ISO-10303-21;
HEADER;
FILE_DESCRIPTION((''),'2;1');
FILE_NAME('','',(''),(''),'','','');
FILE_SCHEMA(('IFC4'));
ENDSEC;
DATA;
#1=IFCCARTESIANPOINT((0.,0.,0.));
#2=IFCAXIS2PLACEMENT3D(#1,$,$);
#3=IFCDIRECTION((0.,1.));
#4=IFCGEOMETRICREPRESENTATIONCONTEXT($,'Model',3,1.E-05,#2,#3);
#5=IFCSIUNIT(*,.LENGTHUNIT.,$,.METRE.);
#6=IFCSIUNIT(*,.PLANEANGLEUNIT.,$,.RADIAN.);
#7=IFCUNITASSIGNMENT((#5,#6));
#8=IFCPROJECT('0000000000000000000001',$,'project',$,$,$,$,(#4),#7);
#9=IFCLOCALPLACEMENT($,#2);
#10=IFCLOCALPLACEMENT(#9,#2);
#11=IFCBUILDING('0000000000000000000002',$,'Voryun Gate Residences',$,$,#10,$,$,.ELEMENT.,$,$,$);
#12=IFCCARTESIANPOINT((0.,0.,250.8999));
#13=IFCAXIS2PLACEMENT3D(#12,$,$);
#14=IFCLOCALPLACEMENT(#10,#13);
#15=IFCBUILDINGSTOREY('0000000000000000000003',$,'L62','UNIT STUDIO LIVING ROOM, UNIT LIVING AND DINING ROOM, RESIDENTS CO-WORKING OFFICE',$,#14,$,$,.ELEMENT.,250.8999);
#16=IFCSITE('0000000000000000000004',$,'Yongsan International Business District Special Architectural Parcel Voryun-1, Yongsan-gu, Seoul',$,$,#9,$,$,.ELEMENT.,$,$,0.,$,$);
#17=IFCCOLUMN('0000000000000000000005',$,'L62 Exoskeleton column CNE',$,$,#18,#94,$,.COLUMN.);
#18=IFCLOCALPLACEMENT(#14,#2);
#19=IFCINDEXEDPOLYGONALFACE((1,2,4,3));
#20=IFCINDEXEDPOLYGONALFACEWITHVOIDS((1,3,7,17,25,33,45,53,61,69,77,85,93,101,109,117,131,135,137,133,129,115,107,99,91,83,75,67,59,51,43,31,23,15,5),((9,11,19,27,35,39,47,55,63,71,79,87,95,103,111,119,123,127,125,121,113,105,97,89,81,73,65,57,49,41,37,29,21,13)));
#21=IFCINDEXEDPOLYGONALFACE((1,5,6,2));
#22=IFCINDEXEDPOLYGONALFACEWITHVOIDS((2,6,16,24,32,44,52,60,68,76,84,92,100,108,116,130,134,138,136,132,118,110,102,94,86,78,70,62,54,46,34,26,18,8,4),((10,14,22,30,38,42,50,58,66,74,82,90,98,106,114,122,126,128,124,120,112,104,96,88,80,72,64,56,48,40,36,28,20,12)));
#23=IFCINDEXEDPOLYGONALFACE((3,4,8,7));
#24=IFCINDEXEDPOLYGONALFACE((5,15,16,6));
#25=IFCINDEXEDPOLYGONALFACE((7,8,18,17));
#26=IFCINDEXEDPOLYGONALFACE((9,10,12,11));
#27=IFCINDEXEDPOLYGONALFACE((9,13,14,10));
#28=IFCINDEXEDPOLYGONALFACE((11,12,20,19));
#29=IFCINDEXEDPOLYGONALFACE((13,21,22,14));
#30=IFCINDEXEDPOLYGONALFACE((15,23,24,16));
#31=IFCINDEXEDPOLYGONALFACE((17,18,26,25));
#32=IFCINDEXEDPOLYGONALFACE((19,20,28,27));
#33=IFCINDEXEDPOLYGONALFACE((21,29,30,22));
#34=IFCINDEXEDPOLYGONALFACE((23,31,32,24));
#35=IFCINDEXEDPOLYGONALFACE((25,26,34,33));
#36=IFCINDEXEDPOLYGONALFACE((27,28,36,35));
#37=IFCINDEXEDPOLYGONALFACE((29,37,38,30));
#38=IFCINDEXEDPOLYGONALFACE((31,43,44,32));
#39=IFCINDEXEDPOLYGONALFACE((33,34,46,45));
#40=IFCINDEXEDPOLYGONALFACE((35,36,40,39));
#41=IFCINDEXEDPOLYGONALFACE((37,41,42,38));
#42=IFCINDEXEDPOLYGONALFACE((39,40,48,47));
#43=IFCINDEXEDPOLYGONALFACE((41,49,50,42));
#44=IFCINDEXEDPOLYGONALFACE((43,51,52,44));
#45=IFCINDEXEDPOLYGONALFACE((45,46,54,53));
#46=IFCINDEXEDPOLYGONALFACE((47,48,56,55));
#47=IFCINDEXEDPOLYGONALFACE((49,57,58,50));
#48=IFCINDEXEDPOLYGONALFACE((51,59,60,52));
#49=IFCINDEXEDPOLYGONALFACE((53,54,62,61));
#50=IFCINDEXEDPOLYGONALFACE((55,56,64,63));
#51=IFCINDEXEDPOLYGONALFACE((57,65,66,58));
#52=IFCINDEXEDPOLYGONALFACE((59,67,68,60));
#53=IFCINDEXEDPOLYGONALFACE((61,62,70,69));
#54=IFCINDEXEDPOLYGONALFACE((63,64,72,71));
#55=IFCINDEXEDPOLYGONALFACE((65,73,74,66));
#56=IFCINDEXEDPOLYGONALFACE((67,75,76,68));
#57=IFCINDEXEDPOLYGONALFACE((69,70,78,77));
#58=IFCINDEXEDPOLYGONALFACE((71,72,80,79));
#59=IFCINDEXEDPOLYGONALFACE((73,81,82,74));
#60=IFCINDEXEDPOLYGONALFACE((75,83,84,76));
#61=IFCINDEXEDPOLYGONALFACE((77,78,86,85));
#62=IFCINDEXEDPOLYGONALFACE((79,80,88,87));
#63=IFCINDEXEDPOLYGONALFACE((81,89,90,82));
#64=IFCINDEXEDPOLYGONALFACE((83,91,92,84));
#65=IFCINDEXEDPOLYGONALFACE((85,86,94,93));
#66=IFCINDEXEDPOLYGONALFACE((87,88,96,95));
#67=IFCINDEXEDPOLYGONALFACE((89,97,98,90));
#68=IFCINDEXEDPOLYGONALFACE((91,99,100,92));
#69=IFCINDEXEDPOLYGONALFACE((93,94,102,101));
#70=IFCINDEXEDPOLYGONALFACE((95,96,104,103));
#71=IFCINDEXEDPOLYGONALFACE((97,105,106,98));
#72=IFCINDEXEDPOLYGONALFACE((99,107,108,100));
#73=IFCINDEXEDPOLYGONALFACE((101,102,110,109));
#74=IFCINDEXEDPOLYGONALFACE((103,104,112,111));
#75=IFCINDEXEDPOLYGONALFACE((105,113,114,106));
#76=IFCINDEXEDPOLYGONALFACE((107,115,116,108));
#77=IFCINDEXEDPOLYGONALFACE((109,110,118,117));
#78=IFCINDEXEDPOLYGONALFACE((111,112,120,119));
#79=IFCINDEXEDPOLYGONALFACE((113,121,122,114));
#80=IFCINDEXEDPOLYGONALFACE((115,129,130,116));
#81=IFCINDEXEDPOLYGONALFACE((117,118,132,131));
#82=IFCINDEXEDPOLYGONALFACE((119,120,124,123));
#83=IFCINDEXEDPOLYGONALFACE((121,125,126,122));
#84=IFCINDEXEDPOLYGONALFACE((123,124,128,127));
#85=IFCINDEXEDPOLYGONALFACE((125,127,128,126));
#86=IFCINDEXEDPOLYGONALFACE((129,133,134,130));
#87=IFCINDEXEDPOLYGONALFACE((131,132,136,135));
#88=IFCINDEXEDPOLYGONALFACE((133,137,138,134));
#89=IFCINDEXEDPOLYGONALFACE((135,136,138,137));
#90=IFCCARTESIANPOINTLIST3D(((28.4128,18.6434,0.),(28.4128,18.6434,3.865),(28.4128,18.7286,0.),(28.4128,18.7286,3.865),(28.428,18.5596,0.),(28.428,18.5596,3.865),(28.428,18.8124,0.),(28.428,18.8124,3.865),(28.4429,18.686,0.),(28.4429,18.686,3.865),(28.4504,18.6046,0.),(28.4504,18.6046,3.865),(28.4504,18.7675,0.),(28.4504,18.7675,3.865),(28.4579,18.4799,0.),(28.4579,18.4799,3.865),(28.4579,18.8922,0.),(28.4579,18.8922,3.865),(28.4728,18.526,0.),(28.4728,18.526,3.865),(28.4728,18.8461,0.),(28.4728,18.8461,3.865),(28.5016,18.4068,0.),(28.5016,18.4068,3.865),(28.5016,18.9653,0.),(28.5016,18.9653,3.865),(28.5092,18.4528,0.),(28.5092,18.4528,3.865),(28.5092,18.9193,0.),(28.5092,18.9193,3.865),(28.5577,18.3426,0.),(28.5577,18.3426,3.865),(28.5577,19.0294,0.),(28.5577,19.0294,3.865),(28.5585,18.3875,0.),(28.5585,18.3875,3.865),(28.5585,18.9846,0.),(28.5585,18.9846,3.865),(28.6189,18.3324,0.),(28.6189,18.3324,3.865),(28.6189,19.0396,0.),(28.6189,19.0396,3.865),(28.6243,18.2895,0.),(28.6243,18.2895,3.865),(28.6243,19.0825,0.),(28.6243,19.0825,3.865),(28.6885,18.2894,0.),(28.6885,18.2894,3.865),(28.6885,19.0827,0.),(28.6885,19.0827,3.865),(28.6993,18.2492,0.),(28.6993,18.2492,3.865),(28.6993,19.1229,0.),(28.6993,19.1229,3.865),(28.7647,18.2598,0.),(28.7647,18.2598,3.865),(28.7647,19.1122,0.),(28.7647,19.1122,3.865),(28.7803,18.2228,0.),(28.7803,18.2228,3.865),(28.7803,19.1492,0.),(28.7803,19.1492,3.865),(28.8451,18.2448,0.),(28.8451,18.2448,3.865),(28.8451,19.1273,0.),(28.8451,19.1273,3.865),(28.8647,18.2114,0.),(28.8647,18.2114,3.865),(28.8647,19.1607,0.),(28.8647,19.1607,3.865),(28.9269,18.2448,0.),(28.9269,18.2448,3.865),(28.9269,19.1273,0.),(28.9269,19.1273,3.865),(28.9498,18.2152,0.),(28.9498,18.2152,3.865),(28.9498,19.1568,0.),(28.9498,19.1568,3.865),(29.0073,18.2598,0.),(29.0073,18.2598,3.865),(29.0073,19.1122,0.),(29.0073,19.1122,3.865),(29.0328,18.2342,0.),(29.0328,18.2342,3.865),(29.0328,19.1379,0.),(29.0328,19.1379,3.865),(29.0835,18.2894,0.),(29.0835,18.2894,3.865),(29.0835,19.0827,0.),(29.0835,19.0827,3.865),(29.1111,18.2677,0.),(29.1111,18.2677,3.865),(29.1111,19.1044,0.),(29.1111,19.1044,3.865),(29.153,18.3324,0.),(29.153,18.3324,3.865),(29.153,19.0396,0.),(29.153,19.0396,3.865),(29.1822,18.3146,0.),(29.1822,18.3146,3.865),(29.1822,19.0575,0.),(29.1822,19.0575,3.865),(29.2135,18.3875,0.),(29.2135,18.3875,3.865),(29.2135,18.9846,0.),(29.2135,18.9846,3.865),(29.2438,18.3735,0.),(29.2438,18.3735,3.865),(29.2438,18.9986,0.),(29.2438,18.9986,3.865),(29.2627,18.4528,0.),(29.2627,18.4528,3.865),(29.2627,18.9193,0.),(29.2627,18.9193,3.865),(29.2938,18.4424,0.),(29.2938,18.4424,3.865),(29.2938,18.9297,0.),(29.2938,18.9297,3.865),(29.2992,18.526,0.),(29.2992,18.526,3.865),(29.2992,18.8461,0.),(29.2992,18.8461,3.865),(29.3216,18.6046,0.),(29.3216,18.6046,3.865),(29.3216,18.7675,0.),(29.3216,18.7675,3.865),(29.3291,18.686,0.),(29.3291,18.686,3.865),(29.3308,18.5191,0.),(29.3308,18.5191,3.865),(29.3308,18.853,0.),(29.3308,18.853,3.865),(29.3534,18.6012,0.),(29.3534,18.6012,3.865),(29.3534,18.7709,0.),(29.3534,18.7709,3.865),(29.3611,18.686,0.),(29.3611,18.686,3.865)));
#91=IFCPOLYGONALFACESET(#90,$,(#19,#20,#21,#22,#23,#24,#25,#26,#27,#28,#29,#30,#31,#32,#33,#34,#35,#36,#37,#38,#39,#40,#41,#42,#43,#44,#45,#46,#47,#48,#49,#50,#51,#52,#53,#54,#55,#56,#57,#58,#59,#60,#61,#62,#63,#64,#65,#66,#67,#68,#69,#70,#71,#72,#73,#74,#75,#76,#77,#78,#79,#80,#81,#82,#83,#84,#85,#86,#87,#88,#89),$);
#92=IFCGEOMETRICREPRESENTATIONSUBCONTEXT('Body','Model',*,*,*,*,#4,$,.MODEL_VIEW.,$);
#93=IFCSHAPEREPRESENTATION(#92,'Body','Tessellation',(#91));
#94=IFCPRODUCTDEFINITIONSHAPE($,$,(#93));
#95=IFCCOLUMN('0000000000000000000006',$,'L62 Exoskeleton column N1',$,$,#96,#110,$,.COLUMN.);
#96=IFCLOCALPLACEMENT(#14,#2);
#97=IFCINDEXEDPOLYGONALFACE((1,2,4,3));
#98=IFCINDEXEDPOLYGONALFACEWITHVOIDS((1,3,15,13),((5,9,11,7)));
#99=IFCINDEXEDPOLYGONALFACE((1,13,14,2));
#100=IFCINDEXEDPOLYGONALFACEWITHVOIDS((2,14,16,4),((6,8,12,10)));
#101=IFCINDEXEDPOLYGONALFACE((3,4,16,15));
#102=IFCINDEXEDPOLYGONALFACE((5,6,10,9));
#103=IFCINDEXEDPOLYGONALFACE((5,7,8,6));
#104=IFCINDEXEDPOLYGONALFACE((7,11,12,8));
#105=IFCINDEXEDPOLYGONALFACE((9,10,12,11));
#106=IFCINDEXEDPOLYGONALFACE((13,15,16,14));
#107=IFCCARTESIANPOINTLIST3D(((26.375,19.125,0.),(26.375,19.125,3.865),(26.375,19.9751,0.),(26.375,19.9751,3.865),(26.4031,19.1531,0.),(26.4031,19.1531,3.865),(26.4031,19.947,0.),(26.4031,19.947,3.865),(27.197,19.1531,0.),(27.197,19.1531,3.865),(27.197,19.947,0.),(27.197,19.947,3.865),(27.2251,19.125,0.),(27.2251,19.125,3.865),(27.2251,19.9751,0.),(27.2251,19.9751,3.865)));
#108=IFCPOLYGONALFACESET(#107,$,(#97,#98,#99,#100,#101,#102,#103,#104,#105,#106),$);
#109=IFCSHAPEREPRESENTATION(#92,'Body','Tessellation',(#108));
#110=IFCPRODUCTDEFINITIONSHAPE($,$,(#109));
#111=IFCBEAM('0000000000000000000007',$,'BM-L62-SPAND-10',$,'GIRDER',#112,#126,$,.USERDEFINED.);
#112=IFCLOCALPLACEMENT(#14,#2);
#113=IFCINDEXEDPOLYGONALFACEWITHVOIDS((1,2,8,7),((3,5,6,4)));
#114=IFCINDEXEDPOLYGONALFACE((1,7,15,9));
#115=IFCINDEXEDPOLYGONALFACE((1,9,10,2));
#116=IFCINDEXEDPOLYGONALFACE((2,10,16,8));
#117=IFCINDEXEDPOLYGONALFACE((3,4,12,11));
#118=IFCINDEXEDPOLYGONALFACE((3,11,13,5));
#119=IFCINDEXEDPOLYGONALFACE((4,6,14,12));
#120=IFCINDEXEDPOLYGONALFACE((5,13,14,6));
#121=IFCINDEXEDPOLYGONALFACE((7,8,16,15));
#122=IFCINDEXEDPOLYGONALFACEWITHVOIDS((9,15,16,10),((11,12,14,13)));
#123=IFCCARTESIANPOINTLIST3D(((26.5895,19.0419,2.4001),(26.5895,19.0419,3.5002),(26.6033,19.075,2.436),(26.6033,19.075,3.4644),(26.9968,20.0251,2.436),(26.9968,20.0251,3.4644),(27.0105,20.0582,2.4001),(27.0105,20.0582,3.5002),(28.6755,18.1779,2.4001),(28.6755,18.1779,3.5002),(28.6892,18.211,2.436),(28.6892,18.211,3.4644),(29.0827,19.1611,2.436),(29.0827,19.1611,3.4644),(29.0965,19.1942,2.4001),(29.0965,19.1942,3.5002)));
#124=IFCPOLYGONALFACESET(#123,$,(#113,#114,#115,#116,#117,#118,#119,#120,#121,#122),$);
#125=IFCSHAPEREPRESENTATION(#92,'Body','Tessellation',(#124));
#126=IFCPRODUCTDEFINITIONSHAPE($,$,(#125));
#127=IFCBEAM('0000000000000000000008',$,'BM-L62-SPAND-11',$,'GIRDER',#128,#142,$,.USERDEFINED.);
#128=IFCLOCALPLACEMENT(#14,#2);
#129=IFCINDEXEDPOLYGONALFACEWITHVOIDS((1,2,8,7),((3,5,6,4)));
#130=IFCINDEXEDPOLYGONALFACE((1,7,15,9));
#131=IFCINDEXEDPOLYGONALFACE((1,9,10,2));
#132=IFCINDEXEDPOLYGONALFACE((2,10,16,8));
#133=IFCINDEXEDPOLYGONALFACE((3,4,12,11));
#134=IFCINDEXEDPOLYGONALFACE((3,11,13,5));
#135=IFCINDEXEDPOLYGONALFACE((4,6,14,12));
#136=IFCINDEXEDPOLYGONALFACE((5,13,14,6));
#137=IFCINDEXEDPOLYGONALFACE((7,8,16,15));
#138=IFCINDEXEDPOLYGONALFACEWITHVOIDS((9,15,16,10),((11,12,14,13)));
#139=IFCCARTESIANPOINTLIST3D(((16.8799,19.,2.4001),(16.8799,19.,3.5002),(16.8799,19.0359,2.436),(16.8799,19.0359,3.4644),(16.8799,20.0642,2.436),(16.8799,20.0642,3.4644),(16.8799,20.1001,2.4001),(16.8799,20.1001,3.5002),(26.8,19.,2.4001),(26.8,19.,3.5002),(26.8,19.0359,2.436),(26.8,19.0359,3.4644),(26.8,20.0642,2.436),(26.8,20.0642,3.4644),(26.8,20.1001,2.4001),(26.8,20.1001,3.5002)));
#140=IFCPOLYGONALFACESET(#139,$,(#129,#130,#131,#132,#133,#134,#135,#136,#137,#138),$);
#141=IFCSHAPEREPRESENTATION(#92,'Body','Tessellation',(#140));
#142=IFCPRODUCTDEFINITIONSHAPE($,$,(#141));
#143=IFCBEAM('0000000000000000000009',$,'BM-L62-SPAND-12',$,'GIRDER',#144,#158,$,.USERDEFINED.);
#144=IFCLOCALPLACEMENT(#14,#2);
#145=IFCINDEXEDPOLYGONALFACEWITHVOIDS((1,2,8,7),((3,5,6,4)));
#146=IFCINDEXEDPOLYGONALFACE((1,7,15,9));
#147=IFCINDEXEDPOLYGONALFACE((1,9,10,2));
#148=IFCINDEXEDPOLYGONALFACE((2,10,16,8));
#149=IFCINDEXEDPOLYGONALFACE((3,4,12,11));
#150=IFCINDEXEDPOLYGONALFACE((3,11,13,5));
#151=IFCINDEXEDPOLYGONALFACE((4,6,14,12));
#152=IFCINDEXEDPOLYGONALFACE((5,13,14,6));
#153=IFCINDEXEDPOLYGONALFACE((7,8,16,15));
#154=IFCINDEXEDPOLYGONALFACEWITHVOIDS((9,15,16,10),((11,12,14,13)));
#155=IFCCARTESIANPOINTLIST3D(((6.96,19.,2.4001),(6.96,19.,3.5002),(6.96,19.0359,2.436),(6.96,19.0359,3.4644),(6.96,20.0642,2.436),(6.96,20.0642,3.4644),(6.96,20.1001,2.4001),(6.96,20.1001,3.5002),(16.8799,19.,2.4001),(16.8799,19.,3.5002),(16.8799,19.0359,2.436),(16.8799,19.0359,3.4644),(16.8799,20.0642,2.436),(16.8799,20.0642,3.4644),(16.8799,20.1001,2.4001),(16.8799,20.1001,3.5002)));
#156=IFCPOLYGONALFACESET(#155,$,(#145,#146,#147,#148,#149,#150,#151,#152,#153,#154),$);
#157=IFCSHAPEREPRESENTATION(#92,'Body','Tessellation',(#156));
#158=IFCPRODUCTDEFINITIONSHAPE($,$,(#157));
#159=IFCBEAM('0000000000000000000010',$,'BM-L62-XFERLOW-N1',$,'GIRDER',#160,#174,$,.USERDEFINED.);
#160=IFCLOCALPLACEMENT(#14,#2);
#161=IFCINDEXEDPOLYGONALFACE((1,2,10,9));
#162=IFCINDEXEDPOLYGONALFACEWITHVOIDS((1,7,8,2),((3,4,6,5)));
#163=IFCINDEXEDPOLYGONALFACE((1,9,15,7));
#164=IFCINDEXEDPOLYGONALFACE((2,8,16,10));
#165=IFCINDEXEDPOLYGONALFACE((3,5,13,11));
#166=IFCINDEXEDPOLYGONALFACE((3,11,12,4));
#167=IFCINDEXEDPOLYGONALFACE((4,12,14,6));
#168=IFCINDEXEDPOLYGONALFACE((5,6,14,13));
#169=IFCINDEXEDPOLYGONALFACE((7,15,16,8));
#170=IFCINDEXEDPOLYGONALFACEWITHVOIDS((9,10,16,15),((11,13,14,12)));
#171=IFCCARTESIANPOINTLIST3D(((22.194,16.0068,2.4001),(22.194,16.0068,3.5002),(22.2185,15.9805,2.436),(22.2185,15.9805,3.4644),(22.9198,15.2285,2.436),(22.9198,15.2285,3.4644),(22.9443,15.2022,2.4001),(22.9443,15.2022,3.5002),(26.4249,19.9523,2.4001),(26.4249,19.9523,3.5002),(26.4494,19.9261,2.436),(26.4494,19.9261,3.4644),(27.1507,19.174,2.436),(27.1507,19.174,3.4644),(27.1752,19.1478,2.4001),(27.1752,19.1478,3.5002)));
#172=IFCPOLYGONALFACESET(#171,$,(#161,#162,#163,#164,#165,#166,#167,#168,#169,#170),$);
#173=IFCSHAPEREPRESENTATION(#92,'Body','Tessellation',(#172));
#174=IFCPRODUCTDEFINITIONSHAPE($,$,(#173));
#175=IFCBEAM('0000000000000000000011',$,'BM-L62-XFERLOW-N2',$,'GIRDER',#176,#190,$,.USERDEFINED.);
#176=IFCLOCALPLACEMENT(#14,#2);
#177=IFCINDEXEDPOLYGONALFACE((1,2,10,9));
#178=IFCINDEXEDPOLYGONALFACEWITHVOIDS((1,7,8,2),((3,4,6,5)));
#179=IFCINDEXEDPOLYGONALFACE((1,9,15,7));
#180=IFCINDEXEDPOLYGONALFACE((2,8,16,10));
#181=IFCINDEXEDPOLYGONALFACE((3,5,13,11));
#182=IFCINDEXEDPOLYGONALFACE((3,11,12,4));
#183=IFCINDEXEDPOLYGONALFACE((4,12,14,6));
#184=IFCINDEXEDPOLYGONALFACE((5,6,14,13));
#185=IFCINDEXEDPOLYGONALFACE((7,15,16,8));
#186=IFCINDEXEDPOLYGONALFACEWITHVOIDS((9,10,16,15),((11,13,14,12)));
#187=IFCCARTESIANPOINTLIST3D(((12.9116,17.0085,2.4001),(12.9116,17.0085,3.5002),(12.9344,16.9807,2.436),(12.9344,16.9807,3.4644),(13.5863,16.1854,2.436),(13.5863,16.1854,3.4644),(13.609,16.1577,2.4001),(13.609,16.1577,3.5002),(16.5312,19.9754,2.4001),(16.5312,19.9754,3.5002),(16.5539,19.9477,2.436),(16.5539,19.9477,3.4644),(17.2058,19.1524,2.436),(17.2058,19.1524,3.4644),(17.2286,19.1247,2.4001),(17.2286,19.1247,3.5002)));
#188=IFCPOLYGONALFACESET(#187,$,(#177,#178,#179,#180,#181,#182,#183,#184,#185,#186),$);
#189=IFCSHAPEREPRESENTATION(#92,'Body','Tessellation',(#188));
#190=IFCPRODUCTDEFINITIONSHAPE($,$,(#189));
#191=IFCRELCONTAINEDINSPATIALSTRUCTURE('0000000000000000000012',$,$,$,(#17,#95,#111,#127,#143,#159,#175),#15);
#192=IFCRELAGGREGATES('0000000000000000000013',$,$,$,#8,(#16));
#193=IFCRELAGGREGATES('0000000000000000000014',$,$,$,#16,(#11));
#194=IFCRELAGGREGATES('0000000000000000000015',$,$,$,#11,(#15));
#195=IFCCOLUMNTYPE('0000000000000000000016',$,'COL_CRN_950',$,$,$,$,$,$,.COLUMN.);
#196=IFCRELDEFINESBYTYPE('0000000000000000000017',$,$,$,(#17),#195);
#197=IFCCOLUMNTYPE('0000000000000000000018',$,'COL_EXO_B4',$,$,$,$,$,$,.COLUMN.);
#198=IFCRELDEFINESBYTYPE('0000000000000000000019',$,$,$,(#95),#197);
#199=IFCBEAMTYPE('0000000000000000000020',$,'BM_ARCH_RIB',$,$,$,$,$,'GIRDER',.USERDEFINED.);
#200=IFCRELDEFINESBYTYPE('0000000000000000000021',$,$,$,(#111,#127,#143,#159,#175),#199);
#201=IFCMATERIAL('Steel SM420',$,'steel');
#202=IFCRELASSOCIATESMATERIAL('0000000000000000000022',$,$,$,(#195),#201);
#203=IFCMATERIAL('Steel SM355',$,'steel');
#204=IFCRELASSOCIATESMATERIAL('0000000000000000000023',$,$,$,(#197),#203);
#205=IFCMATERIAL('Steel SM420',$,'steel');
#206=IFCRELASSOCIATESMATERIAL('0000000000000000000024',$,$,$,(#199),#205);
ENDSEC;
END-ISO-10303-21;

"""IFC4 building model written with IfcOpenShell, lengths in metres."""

from ifc_helpers import new_model, si_unit, direction, frame, origin, origin_2d, place, context, subcontext, project, spatial, hollow_rectangle, hollow_circle, extrude, material, material_profile, profile_set, type_object, element, save


model = new_model("IFC4")

# Units and contexts
model_context = context("Model", 3, precision=1e-05, world=origin(), true_north=direction((0.0, 1.0)))
body_context = subcontext(model_context, "Body", "Model", "MODEL_VIEW")
ifc_project = project(units=[si_unit("LENGTHUNIT", "METRE"), si_unit("PLANEANGLEUNIT", "RADIAN")], contexts=[model_context])

# Site, building, storey
site_placement = place(None, origin())
site = spatial("IfcSite", under=ifc_project, at=site_placement, Name="Yongsan International Business District Special Architectural Parcel Voryun-1, Yongsan-gu, Seoul", CompositionType="ELEMENT", RefElevation=0.0)
building_placement = place(site_placement, origin())
building = spatial("IfcBuilding", under=site, at=building_placement, Name="Voryun Gate Residences", CompositionType="ELEMENT")
storey_placement = place(building_placement, frame((0.0, 0.0, 250.8999)))
storey = spatial("IfcBuildingStorey", under=building, at=storey_placement, Name="L62", Description="UNIT STUDIO LIVING ROOM, UNIT LIVING AND DINING ROOM, RESIDENTS CO-WORKING OFFICE", CompositionType="ELEMENT", Elevation=250.8999)

# Columns
ifc_material_1 = material(Name="Steel SM420", Category="steel")
ifc_material_profile_1 = material_profile(ifc_material_1, hollow_circle(Radius=0.4751, WallThickness=0.032, at=origin_2d()), Name="CHS-950x32")
ifc_profile_set_1 = profile_set([ifc_material_profile_1], Name="Steel SM420")
column_type_1 = type_object("IfcColumnType", Name="COL_CRN_950", PredefinedType="COLUMN", material=ifc_profile_set_1)
column_1_placement = place(storey_placement, frame((28.886, 18.686, 0.0), z_axis=(0.0, 0.0, 1.0), x_axis=(1.0, 0.0, 0.0)))
element("IfcColumn", 1, at=column_1_placement, inside=storey, type_object=column_type_1, Name="L62 Exoskeleton column CNE", PredefinedType="COLUMN", context=body_context, shape_type="SweptSolid", body=[
    extrude(hollow_circle(Radius=0.4751, WallThickness=0.032, at=origin_2d()), origin(), (0.0, 0.0, 1.0), 3.865),
])
ifc_material_2 = material(Name="Steel SM355", Category="steel")
ifc_material_profile_2 = material_profile(ifc_material_2, hollow_rectangle(XDim=0.8501, YDim=0.8501, WallThickness=0.0281, at=origin_2d()), Name="BOX-850x850x28")
ifc_profile_set_2 = profile_set([ifc_material_profile_2], Name="Steel SM355")
column_type_2 = type_object("IfcColumnType", Name="COL_EXO_B4", PredefinedType="COLUMN", material=ifc_profile_set_2)
column_2_placement = place(storey_placement, frame((26.8, 19.55, 0.0), z_axis=(0.0, 0.0, 1.0), x_axis=(1.0, 0.0, 0.0)))
element("IfcColumn", 2, at=column_2_placement, inside=storey, type_object=column_type_2, Name="L62 Exoskeleton column N1", PredefinedType="COLUMN", context=body_context, shape_type="SweptSolid", body=[
    extrude(hollow_rectangle(XDim=0.8501, YDim=0.8501, WallThickness=0.0281, at=origin_2d()), origin(), (0.0, 0.0, 1.0), 3.865),
])

# Beams
ifc_material_3 = material(Name="Steel SM420", Category="steel")
ifc_material_profile_3 = material_profile(ifc_material_3, hollow_rectangle(XDim=1.1001, YDim=1.1001, WallThickness=0.0359, at=origin_2d()), Name="BOX-1100x1100x36")
ifc_profile_set_3 = profile_set([ifc_material_profile_3], Name="Steel SM420")
beam_type = type_object("IfcBeamType", Name="BM_ARCH_RIB", ElementType="GIRDER", PredefinedType="USERDEFINED", material=ifc_profile_set_3)
beam_1_placement = place(storey_placement, frame((28.886, 18.686, 2.9502), z_axis=(-0.923881, 0.38268, 0.0), x_axis=(-0.38268, -0.923881, 0.0)))
element("IfcBeam", 3, at=beam_1_placement, inside=storey, type_object=beam_type, Name="BM-L62-SPAND-10", ObjectType="GIRDER", PredefinedType="USERDEFINED", context=body_context, shape_type="SweptSolid", body=[
    extrude(hollow_rectangle(XDim=1.1001, YDim=1.1001, WallThickness=0.0359, at=origin_2d()), origin(), (0.0, 0.0, 1.0), 2.2578),
])
beam_2_placement = place(storey_placement, frame((26.8, 19.55, 2.9502), z_axis=(-1.0, 0.0, 0.0), x_axis=(0.0, -1.0, 0.0)))
element("IfcBeam", 4, at=beam_2_placement, inside=storey, type_object=beam_type, Name="BM-L62-SPAND-11", ObjectType="GIRDER", PredefinedType="USERDEFINED", context=body_context, shape_type="SweptSolid", body=[
    extrude(hollow_rectangle(XDim=1.1001, YDim=1.1001, WallThickness=0.0359, at=origin_2d()), origin(), (0.0, 0.0, 1.0), 9.9202),
])
beam_3_placement = place(storey_placement, frame((16.8799, 19.55, 2.9502), z_axis=(-1.0, 0.0, 0.0), x_axis=(0.0, -1.0, 0.0)))
element("IfcBeam", 5, at=beam_3_placement, inside=storey, type_object=beam_type, Name="BM-L62-SPAND-12", ObjectType="GIRDER", PredefinedType="USERDEFINED", context=body_context, shape_type="SweptSolid", body=[
    extrude(hollow_rectangle(XDim=1.1001, YDim=1.1001, WallThickness=0.0359, at=origin_2d()), origin(), (0.0, 0.0, 1.0), 9.9199),
])
beam_4_placement = place(storey_placement, frame((26.8, 19.55, 2.9502), z_axis=(-0.731343, -0.68201, 0.0), x_axis=(0.68201, -0.731343, 0.0)))
element("IfcBeam", 6, at=beam_4_placement, inside=storey, type_object=beam_type, Name="BM-L62-XFERLOW-N1", ObjectType="GIRDER", PredefinedType="USERDEFINED", context=body_context, shape_type="SweptSolid", body=[
    extrude(hollow_rectangle(XDim=1.1001, YDim=1.1001, WallThickness=0.0359, at=origin_2d()), origin(), (0.0, 0.0, 1.0), 5.7852),
])
beam_5_placement = place(storey_placement, frame((16.8799, 19.55, 2.9502), z_axis=(-0.773378, -0.633945, 0.0), x_axis=(0.633945, -0.773378, 0.0)))
element("IfcBeam", 7, at=beam_5_placement, inside=storey, type_object=beam_type, Name="BM-L62-XFERLOW-N2", ObjectType="GIRDER", PredefinedType="USERDEFINED", context=body_context, shape_type="SweptSolid", body=[
    extrude(hollow_rectangle(XDim=1.1001, YDim=1.1001, WallThickness=0.0359, at=origin_2d()), origin(), (0.0, 0.0, 1.0), 4.6802),
])

save(model, "model.ifc")
